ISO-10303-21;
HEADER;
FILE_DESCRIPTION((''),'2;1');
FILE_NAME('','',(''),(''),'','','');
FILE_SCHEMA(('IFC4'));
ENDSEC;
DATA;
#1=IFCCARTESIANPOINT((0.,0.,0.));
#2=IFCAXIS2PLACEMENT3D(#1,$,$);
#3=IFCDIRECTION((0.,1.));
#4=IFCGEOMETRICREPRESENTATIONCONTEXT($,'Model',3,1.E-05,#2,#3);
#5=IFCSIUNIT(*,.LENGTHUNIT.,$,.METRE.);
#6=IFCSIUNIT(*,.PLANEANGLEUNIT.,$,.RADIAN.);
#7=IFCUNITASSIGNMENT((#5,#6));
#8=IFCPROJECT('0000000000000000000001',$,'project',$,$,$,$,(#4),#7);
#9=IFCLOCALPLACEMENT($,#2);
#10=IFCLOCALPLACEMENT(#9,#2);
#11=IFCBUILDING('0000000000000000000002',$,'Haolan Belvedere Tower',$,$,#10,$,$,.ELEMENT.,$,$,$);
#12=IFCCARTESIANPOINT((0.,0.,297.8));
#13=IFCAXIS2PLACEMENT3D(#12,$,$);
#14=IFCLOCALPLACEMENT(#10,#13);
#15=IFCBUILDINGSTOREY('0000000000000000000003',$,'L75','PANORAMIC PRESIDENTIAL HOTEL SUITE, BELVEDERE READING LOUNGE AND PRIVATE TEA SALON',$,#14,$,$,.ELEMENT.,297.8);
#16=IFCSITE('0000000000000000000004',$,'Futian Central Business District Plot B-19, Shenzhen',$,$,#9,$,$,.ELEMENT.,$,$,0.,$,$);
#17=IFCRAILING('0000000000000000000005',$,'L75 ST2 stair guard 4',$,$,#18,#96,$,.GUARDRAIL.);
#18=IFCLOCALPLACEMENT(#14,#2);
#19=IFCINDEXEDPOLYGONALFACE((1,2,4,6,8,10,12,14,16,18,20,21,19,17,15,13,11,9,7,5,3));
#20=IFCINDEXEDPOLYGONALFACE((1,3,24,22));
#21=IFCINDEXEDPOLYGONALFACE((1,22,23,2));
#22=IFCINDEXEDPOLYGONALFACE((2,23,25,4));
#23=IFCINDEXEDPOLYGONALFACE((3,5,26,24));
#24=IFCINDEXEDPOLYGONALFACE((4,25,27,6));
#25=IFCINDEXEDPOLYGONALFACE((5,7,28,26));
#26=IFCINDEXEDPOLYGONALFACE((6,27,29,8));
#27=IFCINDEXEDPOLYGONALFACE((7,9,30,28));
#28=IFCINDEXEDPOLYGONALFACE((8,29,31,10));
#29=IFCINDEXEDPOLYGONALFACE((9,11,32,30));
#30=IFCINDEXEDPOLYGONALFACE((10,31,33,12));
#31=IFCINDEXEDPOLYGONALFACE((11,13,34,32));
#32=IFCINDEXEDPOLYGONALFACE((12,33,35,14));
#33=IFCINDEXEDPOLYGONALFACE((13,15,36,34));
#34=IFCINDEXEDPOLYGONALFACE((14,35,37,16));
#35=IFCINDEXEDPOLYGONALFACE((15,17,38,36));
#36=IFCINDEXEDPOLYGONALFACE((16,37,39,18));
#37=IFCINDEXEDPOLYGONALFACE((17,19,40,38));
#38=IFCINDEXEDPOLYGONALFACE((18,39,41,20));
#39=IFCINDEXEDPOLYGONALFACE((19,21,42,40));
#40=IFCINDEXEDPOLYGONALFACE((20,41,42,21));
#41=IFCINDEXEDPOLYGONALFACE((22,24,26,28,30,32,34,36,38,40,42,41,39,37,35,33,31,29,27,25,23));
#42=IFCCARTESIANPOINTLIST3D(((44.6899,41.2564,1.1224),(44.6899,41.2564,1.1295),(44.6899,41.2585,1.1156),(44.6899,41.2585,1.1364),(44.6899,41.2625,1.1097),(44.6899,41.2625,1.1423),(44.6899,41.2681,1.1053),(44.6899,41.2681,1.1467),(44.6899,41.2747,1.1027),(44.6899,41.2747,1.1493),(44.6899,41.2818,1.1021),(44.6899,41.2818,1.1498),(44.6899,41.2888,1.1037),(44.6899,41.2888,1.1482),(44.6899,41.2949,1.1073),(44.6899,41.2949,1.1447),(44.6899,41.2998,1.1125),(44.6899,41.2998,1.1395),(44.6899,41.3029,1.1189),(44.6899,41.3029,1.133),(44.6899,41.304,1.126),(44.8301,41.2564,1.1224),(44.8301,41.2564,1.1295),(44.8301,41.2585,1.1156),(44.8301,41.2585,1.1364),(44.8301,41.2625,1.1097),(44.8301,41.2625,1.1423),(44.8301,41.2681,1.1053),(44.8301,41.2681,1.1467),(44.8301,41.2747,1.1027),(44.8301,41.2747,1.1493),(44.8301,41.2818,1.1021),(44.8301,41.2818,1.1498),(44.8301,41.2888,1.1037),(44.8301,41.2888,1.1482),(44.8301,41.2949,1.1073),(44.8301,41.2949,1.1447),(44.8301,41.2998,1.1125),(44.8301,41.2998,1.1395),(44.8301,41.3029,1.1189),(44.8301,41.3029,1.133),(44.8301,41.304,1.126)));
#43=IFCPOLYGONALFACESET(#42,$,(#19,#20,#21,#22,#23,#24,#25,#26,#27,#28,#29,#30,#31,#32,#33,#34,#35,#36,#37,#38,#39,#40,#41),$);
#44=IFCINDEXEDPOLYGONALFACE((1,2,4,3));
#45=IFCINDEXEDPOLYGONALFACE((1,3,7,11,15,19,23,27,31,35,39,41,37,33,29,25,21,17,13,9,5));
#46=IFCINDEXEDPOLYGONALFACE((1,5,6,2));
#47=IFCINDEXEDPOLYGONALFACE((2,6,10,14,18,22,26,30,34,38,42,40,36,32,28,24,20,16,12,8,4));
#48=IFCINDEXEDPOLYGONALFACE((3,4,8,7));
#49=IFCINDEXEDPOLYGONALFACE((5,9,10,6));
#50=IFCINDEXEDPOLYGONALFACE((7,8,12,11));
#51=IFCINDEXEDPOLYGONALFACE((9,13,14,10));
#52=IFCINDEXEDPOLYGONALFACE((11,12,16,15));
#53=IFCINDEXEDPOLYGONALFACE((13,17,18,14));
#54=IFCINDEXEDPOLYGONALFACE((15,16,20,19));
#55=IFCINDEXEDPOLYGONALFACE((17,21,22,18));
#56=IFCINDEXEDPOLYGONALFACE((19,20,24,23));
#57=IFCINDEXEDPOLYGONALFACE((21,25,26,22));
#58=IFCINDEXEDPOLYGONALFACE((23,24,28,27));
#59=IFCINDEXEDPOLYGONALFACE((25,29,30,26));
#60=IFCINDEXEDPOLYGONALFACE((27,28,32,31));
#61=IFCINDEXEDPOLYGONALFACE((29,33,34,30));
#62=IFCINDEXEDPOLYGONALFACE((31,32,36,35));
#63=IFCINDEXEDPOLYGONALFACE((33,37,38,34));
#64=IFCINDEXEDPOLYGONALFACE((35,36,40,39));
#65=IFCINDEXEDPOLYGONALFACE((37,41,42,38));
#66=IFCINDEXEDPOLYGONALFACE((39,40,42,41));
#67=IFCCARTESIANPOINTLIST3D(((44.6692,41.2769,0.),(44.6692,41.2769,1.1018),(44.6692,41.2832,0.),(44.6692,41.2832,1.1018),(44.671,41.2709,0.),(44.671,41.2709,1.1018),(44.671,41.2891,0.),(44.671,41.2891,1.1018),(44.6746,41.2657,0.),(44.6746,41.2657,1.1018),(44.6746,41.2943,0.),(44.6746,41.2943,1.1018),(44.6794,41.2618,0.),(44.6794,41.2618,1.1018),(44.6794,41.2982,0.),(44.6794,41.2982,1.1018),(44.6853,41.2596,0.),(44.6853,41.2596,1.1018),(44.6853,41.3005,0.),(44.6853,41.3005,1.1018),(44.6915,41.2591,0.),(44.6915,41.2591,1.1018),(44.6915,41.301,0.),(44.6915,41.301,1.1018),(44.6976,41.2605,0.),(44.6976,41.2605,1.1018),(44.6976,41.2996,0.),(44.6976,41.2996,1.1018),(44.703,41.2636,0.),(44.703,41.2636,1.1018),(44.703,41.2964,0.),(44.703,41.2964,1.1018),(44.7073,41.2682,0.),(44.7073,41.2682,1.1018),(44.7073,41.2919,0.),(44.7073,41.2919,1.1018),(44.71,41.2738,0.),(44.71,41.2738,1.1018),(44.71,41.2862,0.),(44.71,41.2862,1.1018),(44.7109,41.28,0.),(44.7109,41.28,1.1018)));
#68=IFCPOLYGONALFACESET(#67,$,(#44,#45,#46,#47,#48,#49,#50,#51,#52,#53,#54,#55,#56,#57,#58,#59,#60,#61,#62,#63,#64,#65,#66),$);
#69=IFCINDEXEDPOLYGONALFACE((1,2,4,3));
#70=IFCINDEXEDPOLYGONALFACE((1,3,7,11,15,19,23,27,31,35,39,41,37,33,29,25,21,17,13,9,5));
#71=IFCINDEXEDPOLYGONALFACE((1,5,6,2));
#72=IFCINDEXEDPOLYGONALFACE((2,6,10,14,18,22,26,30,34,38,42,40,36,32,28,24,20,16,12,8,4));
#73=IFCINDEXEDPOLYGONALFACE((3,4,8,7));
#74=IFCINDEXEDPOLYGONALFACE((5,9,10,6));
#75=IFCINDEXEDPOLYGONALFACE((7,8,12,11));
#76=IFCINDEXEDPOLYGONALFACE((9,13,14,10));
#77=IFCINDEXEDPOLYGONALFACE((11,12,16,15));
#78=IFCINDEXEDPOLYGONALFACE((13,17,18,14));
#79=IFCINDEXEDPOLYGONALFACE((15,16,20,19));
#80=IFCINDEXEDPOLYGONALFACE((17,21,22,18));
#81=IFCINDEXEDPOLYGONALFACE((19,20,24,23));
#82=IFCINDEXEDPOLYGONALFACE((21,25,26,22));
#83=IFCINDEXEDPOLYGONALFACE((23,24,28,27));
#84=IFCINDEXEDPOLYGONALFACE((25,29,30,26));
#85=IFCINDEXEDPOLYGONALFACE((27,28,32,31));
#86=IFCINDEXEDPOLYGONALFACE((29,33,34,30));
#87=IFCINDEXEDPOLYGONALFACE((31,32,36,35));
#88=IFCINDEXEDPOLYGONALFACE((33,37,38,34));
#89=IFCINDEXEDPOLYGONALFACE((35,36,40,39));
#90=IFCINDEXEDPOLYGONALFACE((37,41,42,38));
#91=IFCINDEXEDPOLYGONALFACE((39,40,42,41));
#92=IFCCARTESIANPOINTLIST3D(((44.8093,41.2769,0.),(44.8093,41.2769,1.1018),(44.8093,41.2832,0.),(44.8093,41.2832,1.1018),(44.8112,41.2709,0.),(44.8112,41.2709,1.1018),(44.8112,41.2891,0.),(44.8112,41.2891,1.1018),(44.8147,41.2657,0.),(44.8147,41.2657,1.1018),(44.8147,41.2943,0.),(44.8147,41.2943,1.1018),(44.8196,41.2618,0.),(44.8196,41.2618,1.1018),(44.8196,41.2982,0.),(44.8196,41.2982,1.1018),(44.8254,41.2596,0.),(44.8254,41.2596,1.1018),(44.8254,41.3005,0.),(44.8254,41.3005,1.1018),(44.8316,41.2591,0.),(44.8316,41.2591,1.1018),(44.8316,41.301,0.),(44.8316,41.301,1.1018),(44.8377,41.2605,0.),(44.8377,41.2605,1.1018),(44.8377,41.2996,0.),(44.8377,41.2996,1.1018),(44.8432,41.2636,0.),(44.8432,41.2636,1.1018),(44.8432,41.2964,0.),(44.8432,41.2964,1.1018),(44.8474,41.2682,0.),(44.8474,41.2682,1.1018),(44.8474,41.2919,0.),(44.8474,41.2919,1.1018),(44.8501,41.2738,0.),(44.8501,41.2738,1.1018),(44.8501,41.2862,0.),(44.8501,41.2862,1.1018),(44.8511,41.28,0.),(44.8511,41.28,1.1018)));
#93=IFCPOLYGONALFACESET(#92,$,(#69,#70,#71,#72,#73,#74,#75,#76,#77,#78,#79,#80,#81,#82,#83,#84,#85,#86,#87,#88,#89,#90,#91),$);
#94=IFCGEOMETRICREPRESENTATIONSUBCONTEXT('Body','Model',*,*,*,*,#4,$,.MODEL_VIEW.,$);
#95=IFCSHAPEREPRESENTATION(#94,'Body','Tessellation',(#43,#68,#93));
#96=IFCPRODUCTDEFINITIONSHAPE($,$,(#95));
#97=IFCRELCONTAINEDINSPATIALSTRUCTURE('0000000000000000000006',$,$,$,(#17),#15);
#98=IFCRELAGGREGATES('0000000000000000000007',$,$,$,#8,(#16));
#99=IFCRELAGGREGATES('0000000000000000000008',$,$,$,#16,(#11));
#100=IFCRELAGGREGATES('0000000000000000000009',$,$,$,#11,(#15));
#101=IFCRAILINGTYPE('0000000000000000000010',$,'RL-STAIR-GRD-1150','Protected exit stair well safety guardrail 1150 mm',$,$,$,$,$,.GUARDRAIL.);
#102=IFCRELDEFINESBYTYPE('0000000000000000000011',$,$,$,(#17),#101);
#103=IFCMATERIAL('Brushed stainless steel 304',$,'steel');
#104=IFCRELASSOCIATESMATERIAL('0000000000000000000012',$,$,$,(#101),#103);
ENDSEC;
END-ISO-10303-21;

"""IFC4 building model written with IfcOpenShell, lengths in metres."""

from ifc_helpers import new_model, si_unit, direction, frame, origin, origin_2d, place, context, subcontext, project, spatial, circle, extrude, material, type_object, element, save


model = new_model("IFC4")

# Units and contexts
model_context = context("Model", 3, precision=1e-05, world=origin(), true_north=direction((0.0, 1.0)))
body_context = subcontext(model_context, "Body", "Model", "MODEL_VIEW")
ifc_project = project(units=[si_unit("LENGTHUNIT", "METRE"), si_unit("PLANEANGLEUNIT", "RADIAN")], contexts=[model_context])

# Site, building, storey
site_placement = place(None, origin())
site = spatial("IfcSite", under=ifc_project, at=site_placement, Name="Futian Central Business District Plot B-19, Shenzhen", CompositionType="ELEMENT", RefElevation=0.0)
building_placement = place(site_placement, origin())
building = spatial("IfcBuilding", under=site, at=building_placement, Name="Haolan Belvedere Tower", CompositionType="ELEMENT")
storey_placement = place(building_placement, frame((0.0, 0.0, 297.8)))
storey = spatial("IfcBuildingStorey", under=building, at=storey_placement, Name="L75", Description="PANORAMIC PRESIDENTIAL HOTEL SUITE, BELVEDERE READING LOUNGE AND PRIVATE TEA SALON", CompositionType="ELEMENT", Elevation=297.8)

# Railing
ifc_material_1 = material(Name="Brushed stainless steel 304", Category="steel")
railing_type_1 = type_object("IfcRailingType", Name="RL-STAIR-GRD-1150", Description="Protected exit stair well safety guardrail 1150 mm", PredefinedType="GUARDRAIL", material=ifc_material_1)
railing_1_placement = place(storey_placement, frame((44.6899, 41.28, 0.0)))
element("IfcRailing", 1, at=railing_1_placement, inside=storey, type_object=railing_type_1, Name="L75 ST2 stair guard 4", PredefinedType="GUARDRAIL", context=body_context, shape_type="SweptSolid", body=[
    extrude(circle(Radius=0.0239, at=origin_2d()), frame((0.0, 0.0, 1.126), z_axis=(1.0, 0.0, 0.0), x_axis=(0.0, 1.0, 0.0)), (0.0, 0.0, 1.0), 0.1401),
    extrude(circle(Radius=0.021, at=origin_2d()), origin(), (0.0, 0.0, 1.0), 1.1018),
    extrude(circle(Radius=0.021, at=origin_2d()), frame((0.1401, 0.0, 0.0)), (0.0, 0.0, 1.0), 1.1018),
])

save(model, "model.ifc")
